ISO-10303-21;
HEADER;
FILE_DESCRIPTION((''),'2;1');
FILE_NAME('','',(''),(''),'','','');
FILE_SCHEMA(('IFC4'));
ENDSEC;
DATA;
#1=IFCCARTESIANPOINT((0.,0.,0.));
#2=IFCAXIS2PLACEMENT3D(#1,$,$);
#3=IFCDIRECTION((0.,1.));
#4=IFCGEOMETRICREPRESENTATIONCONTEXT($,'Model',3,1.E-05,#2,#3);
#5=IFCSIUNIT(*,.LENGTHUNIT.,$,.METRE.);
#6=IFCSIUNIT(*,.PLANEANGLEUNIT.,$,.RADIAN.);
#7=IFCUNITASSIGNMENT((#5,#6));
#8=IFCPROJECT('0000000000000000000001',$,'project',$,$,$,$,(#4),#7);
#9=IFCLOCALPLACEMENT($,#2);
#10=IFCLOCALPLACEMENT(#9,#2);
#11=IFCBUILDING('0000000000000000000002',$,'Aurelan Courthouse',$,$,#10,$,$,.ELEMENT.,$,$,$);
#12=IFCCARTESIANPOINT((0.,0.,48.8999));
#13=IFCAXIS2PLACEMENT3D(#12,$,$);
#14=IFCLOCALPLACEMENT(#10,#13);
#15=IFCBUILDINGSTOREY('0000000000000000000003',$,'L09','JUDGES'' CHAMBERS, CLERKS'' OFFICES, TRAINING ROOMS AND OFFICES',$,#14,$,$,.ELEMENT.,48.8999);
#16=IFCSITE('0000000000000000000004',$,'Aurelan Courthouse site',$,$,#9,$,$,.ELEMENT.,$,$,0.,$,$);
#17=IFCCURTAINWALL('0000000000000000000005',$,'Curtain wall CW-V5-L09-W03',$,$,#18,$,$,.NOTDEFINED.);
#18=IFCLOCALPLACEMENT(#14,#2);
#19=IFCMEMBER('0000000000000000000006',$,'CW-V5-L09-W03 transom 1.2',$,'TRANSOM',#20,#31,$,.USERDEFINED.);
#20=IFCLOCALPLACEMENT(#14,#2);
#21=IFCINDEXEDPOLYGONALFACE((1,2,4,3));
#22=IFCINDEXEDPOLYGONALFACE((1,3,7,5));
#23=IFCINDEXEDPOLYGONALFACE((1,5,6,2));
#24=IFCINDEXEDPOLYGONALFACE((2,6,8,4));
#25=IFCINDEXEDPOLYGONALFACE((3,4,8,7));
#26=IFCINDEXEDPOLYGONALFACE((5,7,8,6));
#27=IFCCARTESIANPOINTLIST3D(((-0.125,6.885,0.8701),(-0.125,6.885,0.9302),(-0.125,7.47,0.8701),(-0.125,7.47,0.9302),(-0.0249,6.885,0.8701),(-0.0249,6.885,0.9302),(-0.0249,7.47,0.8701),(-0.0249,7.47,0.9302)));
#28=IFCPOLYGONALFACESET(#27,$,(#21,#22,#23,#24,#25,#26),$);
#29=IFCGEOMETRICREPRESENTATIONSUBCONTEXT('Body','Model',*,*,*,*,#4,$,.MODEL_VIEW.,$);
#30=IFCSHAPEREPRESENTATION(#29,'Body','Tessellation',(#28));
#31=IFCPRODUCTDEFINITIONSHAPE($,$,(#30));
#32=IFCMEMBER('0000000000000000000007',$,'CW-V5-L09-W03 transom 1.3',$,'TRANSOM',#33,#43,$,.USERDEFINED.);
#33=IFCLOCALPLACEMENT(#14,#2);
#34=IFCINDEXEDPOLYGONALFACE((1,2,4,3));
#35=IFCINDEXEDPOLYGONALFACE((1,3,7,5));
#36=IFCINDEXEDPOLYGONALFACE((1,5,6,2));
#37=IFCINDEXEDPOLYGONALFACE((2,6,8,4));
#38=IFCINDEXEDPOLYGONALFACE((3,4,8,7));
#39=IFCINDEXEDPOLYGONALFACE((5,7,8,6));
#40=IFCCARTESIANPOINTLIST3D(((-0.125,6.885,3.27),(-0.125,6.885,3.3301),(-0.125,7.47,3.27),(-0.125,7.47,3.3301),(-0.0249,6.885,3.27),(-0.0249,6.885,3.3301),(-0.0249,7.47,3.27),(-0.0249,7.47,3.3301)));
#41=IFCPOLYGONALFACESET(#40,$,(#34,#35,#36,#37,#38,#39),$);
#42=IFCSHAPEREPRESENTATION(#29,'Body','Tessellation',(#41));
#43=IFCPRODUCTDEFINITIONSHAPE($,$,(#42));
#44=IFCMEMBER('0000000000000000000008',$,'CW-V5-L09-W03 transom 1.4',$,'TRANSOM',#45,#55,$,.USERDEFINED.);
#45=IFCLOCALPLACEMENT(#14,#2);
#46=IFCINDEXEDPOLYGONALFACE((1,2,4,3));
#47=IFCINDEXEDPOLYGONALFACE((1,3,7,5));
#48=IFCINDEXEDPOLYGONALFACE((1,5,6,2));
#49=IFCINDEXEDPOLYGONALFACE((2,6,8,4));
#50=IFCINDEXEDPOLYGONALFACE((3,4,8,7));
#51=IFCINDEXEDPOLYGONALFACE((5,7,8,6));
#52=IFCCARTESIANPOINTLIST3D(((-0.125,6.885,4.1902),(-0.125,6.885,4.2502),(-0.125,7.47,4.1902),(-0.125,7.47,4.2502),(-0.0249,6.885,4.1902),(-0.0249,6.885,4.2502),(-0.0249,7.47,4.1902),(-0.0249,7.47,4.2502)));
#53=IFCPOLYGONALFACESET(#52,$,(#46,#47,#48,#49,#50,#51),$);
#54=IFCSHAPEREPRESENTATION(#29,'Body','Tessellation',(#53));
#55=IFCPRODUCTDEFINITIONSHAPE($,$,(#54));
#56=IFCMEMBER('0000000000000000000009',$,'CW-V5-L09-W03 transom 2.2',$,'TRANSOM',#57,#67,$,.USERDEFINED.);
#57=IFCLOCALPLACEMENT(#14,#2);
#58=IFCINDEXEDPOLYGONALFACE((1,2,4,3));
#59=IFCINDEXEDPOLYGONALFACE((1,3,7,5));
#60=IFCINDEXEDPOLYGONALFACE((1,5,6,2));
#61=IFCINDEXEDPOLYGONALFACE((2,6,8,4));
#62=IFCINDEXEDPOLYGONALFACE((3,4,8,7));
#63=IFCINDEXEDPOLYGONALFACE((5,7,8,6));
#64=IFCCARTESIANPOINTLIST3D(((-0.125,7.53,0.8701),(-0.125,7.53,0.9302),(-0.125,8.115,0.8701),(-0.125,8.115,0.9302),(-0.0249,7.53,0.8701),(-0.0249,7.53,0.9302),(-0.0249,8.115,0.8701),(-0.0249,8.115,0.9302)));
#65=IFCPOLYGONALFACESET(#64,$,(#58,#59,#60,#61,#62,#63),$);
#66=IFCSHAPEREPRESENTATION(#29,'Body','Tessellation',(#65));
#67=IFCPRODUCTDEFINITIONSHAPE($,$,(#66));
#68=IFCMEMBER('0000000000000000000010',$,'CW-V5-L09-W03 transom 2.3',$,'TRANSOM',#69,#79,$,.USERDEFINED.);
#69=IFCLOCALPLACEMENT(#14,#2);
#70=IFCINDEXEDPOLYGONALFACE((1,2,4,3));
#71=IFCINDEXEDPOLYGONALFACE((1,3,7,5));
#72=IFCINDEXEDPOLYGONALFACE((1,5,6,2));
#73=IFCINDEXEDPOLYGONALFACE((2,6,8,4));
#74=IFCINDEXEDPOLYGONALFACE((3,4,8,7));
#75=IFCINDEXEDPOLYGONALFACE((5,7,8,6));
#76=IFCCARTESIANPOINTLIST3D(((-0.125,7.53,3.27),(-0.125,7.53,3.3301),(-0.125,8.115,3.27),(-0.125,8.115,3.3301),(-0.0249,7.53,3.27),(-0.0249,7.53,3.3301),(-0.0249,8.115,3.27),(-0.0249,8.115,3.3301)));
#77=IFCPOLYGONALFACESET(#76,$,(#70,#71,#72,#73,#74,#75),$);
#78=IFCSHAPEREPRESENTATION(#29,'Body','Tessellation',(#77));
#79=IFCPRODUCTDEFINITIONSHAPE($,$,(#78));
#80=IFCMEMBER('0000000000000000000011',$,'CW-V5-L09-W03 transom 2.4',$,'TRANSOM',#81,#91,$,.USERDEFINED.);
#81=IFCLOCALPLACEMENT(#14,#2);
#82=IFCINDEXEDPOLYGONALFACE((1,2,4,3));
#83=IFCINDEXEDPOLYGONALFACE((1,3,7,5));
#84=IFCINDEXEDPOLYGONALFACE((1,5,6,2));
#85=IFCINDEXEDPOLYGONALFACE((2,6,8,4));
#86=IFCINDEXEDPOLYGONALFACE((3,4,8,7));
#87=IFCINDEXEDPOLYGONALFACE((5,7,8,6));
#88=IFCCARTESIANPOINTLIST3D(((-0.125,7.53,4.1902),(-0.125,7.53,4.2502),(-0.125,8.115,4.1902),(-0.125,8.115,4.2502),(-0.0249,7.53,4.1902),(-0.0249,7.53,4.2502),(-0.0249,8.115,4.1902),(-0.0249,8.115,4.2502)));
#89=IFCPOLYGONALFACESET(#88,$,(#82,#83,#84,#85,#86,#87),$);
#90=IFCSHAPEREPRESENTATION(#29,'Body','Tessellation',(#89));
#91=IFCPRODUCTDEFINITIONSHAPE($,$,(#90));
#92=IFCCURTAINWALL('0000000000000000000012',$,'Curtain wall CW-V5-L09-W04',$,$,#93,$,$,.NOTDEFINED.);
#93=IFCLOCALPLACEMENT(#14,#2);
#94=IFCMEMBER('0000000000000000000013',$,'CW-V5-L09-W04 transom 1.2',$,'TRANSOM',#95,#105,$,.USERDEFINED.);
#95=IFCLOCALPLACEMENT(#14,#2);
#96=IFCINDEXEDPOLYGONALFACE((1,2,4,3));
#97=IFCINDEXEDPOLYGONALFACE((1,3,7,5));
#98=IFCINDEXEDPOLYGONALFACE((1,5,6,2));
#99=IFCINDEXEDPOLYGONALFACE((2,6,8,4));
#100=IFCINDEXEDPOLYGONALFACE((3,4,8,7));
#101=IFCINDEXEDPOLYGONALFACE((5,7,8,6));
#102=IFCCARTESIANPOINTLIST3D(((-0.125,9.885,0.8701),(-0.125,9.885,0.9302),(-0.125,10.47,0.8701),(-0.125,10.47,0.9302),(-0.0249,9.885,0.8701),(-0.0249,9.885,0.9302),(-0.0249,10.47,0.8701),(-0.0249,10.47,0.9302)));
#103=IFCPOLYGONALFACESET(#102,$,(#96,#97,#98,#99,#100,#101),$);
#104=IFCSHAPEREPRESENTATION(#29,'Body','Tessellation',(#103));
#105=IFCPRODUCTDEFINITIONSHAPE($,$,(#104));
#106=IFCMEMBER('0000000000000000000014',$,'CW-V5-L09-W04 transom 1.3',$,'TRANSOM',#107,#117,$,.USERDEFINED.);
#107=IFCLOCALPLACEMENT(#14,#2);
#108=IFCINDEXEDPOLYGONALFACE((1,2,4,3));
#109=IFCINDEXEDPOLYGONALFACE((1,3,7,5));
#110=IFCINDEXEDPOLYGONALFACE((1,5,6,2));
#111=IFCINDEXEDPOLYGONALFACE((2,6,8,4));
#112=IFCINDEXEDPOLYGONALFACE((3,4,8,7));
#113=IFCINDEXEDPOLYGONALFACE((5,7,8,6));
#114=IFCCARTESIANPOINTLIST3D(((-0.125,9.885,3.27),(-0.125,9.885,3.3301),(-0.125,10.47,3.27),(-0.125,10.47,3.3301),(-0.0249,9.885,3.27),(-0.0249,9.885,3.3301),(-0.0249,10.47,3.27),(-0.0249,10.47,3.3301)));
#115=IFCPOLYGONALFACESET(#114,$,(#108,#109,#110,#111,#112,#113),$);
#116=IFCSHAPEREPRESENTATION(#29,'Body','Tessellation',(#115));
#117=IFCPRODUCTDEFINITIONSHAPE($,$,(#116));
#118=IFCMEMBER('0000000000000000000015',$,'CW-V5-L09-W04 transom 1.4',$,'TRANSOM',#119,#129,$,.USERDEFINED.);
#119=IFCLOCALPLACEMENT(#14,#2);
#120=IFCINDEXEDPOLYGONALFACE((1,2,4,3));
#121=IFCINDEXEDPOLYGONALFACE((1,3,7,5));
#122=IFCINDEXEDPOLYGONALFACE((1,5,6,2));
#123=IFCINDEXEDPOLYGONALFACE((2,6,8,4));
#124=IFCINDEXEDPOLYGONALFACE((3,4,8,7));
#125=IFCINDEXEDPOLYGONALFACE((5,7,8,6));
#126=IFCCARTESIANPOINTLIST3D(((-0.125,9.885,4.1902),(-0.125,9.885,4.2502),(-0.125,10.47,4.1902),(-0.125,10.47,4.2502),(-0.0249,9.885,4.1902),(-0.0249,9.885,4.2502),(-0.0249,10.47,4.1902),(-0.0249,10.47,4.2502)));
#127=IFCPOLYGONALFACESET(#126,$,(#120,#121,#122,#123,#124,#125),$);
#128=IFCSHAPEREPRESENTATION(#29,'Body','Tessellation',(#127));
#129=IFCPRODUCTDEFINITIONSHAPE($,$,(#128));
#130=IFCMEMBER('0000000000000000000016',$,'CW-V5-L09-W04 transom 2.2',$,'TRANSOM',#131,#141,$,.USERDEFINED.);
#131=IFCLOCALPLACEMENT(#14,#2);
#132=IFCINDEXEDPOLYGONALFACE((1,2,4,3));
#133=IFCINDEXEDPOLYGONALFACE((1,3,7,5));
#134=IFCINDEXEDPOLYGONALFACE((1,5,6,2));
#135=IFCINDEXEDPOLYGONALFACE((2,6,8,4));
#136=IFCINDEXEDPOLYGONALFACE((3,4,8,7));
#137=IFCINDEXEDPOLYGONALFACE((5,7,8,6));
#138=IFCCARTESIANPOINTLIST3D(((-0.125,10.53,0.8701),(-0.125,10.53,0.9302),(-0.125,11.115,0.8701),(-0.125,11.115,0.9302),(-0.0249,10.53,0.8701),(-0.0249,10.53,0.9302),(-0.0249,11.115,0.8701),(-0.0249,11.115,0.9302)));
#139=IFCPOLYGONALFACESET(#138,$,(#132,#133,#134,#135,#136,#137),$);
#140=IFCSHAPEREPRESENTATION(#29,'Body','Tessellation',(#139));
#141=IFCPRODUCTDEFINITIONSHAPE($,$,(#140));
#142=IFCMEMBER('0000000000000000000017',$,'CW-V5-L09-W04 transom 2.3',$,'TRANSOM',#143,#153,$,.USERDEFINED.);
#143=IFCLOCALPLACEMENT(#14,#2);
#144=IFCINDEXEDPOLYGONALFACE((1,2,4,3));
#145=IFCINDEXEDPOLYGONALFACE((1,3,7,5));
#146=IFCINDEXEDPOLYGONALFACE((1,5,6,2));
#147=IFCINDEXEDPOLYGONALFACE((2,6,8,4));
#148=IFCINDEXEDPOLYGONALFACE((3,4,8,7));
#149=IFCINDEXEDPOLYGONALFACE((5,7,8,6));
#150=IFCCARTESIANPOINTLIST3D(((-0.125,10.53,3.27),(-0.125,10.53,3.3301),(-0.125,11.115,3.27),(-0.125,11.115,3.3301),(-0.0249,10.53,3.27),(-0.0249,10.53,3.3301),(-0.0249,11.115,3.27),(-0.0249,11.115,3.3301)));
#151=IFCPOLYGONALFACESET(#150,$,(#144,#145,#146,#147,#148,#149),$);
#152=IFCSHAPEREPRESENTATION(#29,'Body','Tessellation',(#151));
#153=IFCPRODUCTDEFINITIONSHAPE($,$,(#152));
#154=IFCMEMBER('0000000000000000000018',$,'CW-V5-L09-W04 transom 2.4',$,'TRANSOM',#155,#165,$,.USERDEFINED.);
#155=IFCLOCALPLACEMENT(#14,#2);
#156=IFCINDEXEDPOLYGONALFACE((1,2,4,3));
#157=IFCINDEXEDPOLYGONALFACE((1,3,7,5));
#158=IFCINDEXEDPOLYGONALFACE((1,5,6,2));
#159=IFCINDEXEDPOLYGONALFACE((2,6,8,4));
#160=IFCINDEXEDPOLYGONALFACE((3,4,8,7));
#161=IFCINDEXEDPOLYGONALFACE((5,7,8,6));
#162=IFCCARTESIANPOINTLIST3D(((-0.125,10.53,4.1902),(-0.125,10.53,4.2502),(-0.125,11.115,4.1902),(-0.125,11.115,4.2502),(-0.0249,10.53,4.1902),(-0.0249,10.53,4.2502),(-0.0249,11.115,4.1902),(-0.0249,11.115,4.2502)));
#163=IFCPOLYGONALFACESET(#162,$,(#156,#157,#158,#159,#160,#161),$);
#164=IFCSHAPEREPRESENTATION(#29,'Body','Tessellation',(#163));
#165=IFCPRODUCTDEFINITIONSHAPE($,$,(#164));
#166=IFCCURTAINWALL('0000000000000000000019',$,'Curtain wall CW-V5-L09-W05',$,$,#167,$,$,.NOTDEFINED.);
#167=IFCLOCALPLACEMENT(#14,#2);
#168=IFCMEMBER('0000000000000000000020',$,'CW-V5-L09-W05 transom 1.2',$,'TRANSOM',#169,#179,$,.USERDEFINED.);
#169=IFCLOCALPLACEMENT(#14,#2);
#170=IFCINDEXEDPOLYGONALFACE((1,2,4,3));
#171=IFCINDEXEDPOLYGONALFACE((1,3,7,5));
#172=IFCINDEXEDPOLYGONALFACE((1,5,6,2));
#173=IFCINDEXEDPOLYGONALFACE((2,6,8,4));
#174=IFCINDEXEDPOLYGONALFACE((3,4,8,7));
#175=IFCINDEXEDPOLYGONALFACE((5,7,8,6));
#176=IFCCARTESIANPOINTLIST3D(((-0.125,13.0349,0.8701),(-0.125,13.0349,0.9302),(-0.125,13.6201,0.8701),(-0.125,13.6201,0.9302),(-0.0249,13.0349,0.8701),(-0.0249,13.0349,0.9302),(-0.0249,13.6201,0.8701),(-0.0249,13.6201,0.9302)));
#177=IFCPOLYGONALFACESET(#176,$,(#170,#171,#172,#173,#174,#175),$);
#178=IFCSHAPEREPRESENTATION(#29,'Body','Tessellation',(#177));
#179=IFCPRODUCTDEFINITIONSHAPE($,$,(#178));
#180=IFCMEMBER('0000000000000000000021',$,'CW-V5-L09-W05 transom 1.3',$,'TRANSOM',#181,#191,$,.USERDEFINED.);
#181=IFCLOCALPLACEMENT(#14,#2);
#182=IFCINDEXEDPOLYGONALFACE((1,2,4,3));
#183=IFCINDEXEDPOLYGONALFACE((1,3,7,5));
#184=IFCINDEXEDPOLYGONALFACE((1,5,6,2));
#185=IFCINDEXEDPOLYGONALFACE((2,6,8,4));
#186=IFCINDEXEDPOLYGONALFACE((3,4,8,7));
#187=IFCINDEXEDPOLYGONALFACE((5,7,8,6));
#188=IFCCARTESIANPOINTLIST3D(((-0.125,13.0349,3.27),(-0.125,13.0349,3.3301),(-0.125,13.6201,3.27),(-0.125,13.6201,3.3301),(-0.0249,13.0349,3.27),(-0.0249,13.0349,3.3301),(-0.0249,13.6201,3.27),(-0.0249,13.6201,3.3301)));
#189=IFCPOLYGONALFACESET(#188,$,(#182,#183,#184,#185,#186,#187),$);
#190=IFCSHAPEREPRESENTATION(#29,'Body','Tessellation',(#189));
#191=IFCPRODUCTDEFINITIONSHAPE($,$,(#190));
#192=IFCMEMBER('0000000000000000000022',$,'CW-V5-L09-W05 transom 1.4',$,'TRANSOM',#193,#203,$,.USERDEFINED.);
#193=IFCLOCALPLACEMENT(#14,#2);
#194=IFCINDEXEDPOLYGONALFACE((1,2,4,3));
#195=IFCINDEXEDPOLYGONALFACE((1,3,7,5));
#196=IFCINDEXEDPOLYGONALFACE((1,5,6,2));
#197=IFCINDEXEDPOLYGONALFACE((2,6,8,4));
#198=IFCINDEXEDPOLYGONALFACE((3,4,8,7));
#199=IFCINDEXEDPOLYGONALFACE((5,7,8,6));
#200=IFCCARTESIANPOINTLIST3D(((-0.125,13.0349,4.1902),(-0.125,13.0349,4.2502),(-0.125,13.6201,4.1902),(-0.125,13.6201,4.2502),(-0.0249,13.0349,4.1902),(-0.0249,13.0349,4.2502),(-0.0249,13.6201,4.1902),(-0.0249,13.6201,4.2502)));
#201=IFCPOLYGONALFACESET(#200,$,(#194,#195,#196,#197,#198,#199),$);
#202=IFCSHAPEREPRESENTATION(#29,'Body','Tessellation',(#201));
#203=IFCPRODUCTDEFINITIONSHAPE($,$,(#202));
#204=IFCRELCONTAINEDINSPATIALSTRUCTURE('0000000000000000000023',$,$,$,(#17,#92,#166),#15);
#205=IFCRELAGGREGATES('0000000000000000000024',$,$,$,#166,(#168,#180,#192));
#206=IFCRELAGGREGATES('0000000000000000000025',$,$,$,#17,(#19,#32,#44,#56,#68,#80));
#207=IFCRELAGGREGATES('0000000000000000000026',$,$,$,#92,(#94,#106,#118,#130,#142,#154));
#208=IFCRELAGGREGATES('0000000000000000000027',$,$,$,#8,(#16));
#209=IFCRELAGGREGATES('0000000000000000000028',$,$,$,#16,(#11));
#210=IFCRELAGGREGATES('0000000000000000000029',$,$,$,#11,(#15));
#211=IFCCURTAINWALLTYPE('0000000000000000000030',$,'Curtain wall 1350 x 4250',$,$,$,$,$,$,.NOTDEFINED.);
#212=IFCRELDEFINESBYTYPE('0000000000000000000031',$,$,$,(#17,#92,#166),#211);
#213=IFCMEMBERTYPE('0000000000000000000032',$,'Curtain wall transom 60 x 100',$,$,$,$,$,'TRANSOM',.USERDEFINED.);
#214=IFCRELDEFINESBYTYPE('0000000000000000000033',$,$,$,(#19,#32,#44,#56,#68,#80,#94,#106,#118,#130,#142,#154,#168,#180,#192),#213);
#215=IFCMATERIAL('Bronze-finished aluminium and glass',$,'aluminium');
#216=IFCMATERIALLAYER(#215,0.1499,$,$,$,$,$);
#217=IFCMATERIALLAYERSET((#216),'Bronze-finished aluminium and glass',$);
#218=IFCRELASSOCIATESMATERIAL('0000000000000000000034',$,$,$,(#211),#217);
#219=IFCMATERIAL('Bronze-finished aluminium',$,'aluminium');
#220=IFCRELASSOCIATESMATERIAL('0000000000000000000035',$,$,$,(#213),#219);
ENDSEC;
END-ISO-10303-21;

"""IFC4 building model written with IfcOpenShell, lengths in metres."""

from ifc_helpers import new_model, si_unit, direction, frame, origin, origin_2d, place, context, subcontext, project, spatial, rectangle, extrude, material, layer, layer_set, material_profile, profile_set, type_object, element, aggregate, save


model = new_model("IFC4")

# Units and contexts
model_context = context("Model", 3, precision=1e-05, world=origin(), true_north=direction((0.0, 1.0)))
body_context = subcontext(model_context, "Body", "Model", "MODEL_VIEW")
ifc_project = project(units=[si_unit("LENGTHUNIT", "METRE"), si_unit("PLANEANGLEUNIT", "RADIAN")], contexts=[model_context])

# Site, building, storey
site_placement = place(None, origin())
site = spatial("IfcSite", under=ifc_project, at=site_placement, Name="Aurelan Courthouse site", CompositionType="ELEMENT", RefElevation=0.0)
building_placement = place(site_placement, origin())
building = spatial("IfcBuilding", under=site, at=building_placement, Name="Aurelan Courthouse", CompositionType="ELEMENT")
storey_placement = place(building_placement, frame((0.0, 0.0, 48.8999)))
storey = spatial("IfcBuildingStorey", under=building, at=storey_placement, Name="L09", Description="JUDGES' CHAMBERS, CLERKS' OFFICES, TRAINING ROOMS AND OFFICES", CompositionType="ELEMENT", Elevation=48.8999)

# Curtain walls, members
ifc_material_1 = material(Name="Bronze-finished aluminium and glass", Category="aluminium")
ifc_layer_1 = layer(ifc_material_1, 0.1499)
ifc_layer_set_1 = layer_set([ifc_layer_1], Name="Bronze-finished aluminium and glass")
curtain_wall_type = type_object("IfcCurtainWallType", Name="Curtain wall 1350 x 4250", PredefinedType="NOTDEFINED", material=ifc_layer_set_1)
curtain_wall_1_placement = place(storey_placement, origin())
curtain_wall_1 = element("IfcCurtainWall", 1, at=curtain_wall_1_placement, inside=storey, type_object=curtain_wall_type, Name="Curtain wall CW-V5-L09-W03", PredefinedType="NOTDEFINED")
ifc_material_2 = material(Name="Bronze-finished aluminium", Category="aluminium")
ifc_material_profile = material_profile(ifc_material_2, rectangle(XDim=0.1001, YDim=0.0601, at=origin_2d()), Name="Bronze transom 60 x 100")
ifc_profile_set = profile_set([ifc_material_profile], Name="Bronze-finished aluminium")
member_type = type_object("IfcMemberType", Name="Curtain wall transom 60 x 100", ElementType="TRANSOM", PredefinedType="USERDEFINED", material=ifc_profile_set)
member_1_placement = place(storey_placement, frame((-0.075, 6.885, 0.9001), z_axis=(0.0, 1.0, 0.0), x_axis=(-1.0, 0.0, 0.0)))
member_1 = element("IfcMember", 2, at=member_1_placement, type_object=member_type, Name="CW-V5-L09-W03 transom 1.2", ObjectType="TRANSOM", PredefinedType="USERDEFINED", context=body_context, shape_type="SweptSolid", body=[
    extrude(rectangle(XDim=0.1001, YDim=0.0601, at=origin_2d()), origin(), (0.0, 0.0, 1.0), 0.585),
])
member_2_placement = place(storey_placement, frame((-0.075, 6.885, 3.3), z_axis=(0.0, 1.0, 0.0), x_axis=(-1.0, 0.0, 0.0)))
member_2 = element("IfcMember", 3, at=member_2_placement, type_object=member_type, Name="CW-V5-L09-W03 transom 1.3", ObjectType="TRANSOM", PredefinedType="USERDEFINED", context=body_context, shape_type="SweptSolid", body=[
    extrude(rectangle(XDim=0.1001, YDim=0.0601, at=origin_2d()), origin(), (0.0, 0.0, 1.0), 0.585),
])
member_3_placement = place(storey_placement, frame((-0.075, 6.885, 4.2202), z_axis=(0.0, 1.0, 0.0), x_axis=(-1.0, 0.0, 0.0)))
member_3 = element("IfcMember", 4, at=member_3_placement, type_object=member_type, Name="CW-V5-L09-W03 transom 1.4", ObjectType="TRANSOM", PredefinedType="USERDEFINED", context=body_context, shape_type="SweptSolid", body=[
    extrude(rectangle(XDim=0.1001, YDim=0.0601, at=origin_2d()), origin(), (0.0, 0.0, 1.0), 0.585),
])
member_4_placement = place(storey_placement, frame((-0.075, 7.53, 0.9001), z_axis=(0.0, 1.0, 0.0), x_axis=(-1.0, 0.0, 0.0)))
member_4 = element("IfcMember", 5, at=member_4_placement, type_object=member_type, Name="CW-V5-L09-W03 transom 2.2", ObjectType="TRANSOM", PredefinedType="USERDEFINED", context=body_context, shape_type="SweptSolid", body=[
    extrude(rectangle(XDim=0.1001, YDim=0.0601, at=origin_2d()), origin(), (0.0, 0.0, 1.0), 0.585),
])
member_5_placement = place(storey_placement, frame((-0.075, 7.53, 3.3), z_axis=(0.0, 1.0, 0.0), x_axis=(-1.0, 0.0, 0.0)))
member_5 = element("IfcMember", 6, at=member_5_placement, type_object=member_type, Name="CW-V5-L09-W03 transom 2.3", ObjectType="TRANSOM", PredefinedType="USERDEFINED", context=body_context, shape_type="SweptSolid", body=[
    extrude(rectangle(XDim=0.1001, YDim=0.0601, at=origin_2d()), origin(), (0.0, 0.0, 1.0), 0.585),
])
member_6_placement = place(storey_placement, frame((-0.075, 7.53, 4.2202), z_axis=(0.0, 1.0, 0.0), x_axis=(-1.0, 0.0, 0.0)))
member_6 = element("IfcMember", 7, at=member_6_placement, type_object=member_type, Name="CW-V5-L09-W03 transom 2.4", ObjectType="TRANSOM", PredefinedType="USERDEFINED", context=body_context, shape_type="SweptSolid", body=[
    extrude(rectangle(XDim=0.1001, YDim=0.0601, at=origin_2d()), origin(), (0.0, 0.0, 1.0), 0.585),
])
curtain_wall_2_placement = place(storey_placement, origin())
curtain_wall_2 = element("IfcCurtainWall", 8, at=curtain_wall_2_placement, inside=storey, type_object=curtain_wall_type, Name="Curtain wall CW-V5-L09-W04", PredefinedType="NOTDEFINED")
member_7_placement = place(storey_placement, frame((-0.075, 9.885, 0.9001), z_axis=(0.0, 1.0, 0.0), x_axis=(-1.0, 0.0, 0.0)))
member_7 = element("IfcMember", 9, at=member_7_placement, type_object=member_type, Name="CW-V5-L09-W04 transom 1.2", ObjectType="TRANSOM", PredefinedType="USERDEFINED", context=body_context, shape_type="SweptSolid", body=[
    extrude(rectangle(XDim=0.1001, YDim=0.0601, at=origin_2d()), origin(), (0.0, 0.0, 1.0), 0.585),
])
member_8_placement = place(storey_placement, frame((-0.075, 9.885, 3.3), z_axis=(0.0, 1.0, 0.0), x_axis=(-1.0, 0.0, 0.0)))
member_8 = element("IfcMember", 10, at=member_8_placement, type_object=member_type, Name="CW-V5-L09-W04 transom 1.3", ObjectType="TRANSOM", PredefinedType="USERDEFINED", context=body_context, shape_type="SweptSolid", body=[
    extrude(rectangle(XDim=0.1001, YDim=0.0601, at=origin_2d()), origin(), (0.0, 0.0, 1.0), 0.585),
])
member_9_placement = place(storey_placement, frame((-0.075, 9.885, 4.2202), z_axis=(0.0, 1.0, 0.0), x_axis=(-1.0, 0.0, 0.0)))
member_9 = element("IfcMember", 11, at=member_9_placement, type_object=member_type, Name="CW-V5-L09-W04 transom 1.4", ObjectType="TRANSOM", PredefinedType="USERDEFINED", context=body_context, shape_type="SweptSolid", body=[
    extrude(rectangle(XDim=0.1001, YDim=0.0601, at=origin_2d()), origin(), (0.0, 0.0, 1.0), 0.585),
])
member_10_placement = place(storey_placement, frame((-0.075, 10.53, 0.9001), z_axis=(0.0, 1.0, 0.0), x_axis=(-1.0, 0.0, 0.0)))
member_10 = element("IfcMember", 12, at=member_10_placement, type_object=member_type, Name="CW-V5-L09-W04 transom 2.2", ObjectType="TRANSOM", PredefinedType="USERDEFINED", context=body_context, shape_type="SweptSolid", body=[
    extrude(rectangle(XDim=0.1001, YDim=0.0601, at=origin_2d()), origin(), (0.0, 0.0, 1.0), 0.585),
])
member_11_placement = place(storey_placement, frame((-0.075, 10.53, 3.3), z_axis=(0.0, 1.0, 0.0), x_axis=(-1.0, 0.0, 0.0)))
member_11 = element("IfcMember", 13, at=member_11_placement, type_object=member_type, Name="CW-V5-L09-W04 transom 2.3", ObjectType="TRANSOM", PredefinedType="USERDEFINED", context=body_context, shape_type="SweptSolid", body=[
    extrude(rectangle(XDim=0.1001, YDim=0.0601, at=origin_2d()), origin(), (0.0, 0.0, 1.0), 0.585),
])
member_12_placement = place(storey_placement, frame((-0.075, 10.53, 4.2202), z_axis=(0.0, 1.0, 0.0), x_axis=(-1.0, 0.0, 0.0)))
member_12 = element("IfcMember", 14, at=member_12_placement, type_object=member_type, Name="CW-V5-L09-W04 transom 2.4", ObjectType="TRANSOM", PredefinedType="USERDEFINED", context=body_context, shape_type="SweptSolid", body=[
    extrude(rectangle(XDim=0.1001, YDim=0.0601, at=origin_2d()), origin(), (0.0, 0.0, 1.0), 0.585),
])
curtain_wall_3_placement = place(storey_placement, origin())
curtain_wall_3 = element("IfcCurtainWall", 15, at=curtain_wall_3_placement, inside=storey, type_object=curtain_wall_type, Name="Curtain wall CW-V5-L09-W05", PredefinedType="NOTDEFINED")
member_13_placement = place(storey_placement, frame((-0.075, 13.0349, 0.9001), z_axis=(0.0, 1.0, 0.0), x_axis=(-1.0, 0.0, 0.0)))
member_13 = element("IfcMember", 16, at=member_13_placement, type_object=member_type, Name="CW-V5-L09-W05 transom 1.2", ObjectType="TRANSOM", PredefinedType="USERDEFINED", context=body_context, shape_type="SweptSolid", body=[
    extrude(rectangle(XDim=0.1001, YDim=0.0601, at=origin_2d()), origin(), (0.0, 0.0, 1.0), 0.5852),
])
member_14_placement = place(storey_placement, frame((-0.075, 13.0349, 3.3), z_axis=(0.0, 1.0, 0.0), x_axis=(-1.0, 0.0, 0.0)))
member_14 = element("IfcMember", 17, at=member_14_placement, type_object=member_type, Name="CW-V5-L09-W05 transom 1.3", ObjectType="TRANSOM", PredefinedType="USERDEFINED", context=body_context, shape_type="SweptSolid", body=[
    extrude(rectangle(XDim=0.1001, YDim=0.0601, at=origin_2d()), origin(), (0.0, 0.0, 1.0), 0.5852),
])
member_15_placement = place(storey_placement, frame((-0.075, 13.0349, 4.2202), z_axis=(0.0, 1.0, 0.0), x_axis=(-1.0, 0.0, 0.0)))
member_15 = element("IfcMember", 18, at=member_15_placement, type_object=member_type, Name="CW-V5-L09-W05 transom 1.4", ObjectType="TRANSOM", PredefinedType="USERDEFINED", context=body_context, shape_type="SweptSolid", body=[
    extrude(rectangle(XDim=0.1001, YDim=0.0601, at=origin_2d()), origin(), (0.0, 0.0, 1.0), 0.5852),
])

aggregate(curtain_wall_3, [member_13, member_14, member_15])
aggregate(curtain_wall_1, [member_1, member_2, member_3, member_4, member_5, member_6])
aggregate(curtain_wall_2, [member_7, member_8, member_9, member_10, member_11, member_12])

save(model, "model.ifc")
